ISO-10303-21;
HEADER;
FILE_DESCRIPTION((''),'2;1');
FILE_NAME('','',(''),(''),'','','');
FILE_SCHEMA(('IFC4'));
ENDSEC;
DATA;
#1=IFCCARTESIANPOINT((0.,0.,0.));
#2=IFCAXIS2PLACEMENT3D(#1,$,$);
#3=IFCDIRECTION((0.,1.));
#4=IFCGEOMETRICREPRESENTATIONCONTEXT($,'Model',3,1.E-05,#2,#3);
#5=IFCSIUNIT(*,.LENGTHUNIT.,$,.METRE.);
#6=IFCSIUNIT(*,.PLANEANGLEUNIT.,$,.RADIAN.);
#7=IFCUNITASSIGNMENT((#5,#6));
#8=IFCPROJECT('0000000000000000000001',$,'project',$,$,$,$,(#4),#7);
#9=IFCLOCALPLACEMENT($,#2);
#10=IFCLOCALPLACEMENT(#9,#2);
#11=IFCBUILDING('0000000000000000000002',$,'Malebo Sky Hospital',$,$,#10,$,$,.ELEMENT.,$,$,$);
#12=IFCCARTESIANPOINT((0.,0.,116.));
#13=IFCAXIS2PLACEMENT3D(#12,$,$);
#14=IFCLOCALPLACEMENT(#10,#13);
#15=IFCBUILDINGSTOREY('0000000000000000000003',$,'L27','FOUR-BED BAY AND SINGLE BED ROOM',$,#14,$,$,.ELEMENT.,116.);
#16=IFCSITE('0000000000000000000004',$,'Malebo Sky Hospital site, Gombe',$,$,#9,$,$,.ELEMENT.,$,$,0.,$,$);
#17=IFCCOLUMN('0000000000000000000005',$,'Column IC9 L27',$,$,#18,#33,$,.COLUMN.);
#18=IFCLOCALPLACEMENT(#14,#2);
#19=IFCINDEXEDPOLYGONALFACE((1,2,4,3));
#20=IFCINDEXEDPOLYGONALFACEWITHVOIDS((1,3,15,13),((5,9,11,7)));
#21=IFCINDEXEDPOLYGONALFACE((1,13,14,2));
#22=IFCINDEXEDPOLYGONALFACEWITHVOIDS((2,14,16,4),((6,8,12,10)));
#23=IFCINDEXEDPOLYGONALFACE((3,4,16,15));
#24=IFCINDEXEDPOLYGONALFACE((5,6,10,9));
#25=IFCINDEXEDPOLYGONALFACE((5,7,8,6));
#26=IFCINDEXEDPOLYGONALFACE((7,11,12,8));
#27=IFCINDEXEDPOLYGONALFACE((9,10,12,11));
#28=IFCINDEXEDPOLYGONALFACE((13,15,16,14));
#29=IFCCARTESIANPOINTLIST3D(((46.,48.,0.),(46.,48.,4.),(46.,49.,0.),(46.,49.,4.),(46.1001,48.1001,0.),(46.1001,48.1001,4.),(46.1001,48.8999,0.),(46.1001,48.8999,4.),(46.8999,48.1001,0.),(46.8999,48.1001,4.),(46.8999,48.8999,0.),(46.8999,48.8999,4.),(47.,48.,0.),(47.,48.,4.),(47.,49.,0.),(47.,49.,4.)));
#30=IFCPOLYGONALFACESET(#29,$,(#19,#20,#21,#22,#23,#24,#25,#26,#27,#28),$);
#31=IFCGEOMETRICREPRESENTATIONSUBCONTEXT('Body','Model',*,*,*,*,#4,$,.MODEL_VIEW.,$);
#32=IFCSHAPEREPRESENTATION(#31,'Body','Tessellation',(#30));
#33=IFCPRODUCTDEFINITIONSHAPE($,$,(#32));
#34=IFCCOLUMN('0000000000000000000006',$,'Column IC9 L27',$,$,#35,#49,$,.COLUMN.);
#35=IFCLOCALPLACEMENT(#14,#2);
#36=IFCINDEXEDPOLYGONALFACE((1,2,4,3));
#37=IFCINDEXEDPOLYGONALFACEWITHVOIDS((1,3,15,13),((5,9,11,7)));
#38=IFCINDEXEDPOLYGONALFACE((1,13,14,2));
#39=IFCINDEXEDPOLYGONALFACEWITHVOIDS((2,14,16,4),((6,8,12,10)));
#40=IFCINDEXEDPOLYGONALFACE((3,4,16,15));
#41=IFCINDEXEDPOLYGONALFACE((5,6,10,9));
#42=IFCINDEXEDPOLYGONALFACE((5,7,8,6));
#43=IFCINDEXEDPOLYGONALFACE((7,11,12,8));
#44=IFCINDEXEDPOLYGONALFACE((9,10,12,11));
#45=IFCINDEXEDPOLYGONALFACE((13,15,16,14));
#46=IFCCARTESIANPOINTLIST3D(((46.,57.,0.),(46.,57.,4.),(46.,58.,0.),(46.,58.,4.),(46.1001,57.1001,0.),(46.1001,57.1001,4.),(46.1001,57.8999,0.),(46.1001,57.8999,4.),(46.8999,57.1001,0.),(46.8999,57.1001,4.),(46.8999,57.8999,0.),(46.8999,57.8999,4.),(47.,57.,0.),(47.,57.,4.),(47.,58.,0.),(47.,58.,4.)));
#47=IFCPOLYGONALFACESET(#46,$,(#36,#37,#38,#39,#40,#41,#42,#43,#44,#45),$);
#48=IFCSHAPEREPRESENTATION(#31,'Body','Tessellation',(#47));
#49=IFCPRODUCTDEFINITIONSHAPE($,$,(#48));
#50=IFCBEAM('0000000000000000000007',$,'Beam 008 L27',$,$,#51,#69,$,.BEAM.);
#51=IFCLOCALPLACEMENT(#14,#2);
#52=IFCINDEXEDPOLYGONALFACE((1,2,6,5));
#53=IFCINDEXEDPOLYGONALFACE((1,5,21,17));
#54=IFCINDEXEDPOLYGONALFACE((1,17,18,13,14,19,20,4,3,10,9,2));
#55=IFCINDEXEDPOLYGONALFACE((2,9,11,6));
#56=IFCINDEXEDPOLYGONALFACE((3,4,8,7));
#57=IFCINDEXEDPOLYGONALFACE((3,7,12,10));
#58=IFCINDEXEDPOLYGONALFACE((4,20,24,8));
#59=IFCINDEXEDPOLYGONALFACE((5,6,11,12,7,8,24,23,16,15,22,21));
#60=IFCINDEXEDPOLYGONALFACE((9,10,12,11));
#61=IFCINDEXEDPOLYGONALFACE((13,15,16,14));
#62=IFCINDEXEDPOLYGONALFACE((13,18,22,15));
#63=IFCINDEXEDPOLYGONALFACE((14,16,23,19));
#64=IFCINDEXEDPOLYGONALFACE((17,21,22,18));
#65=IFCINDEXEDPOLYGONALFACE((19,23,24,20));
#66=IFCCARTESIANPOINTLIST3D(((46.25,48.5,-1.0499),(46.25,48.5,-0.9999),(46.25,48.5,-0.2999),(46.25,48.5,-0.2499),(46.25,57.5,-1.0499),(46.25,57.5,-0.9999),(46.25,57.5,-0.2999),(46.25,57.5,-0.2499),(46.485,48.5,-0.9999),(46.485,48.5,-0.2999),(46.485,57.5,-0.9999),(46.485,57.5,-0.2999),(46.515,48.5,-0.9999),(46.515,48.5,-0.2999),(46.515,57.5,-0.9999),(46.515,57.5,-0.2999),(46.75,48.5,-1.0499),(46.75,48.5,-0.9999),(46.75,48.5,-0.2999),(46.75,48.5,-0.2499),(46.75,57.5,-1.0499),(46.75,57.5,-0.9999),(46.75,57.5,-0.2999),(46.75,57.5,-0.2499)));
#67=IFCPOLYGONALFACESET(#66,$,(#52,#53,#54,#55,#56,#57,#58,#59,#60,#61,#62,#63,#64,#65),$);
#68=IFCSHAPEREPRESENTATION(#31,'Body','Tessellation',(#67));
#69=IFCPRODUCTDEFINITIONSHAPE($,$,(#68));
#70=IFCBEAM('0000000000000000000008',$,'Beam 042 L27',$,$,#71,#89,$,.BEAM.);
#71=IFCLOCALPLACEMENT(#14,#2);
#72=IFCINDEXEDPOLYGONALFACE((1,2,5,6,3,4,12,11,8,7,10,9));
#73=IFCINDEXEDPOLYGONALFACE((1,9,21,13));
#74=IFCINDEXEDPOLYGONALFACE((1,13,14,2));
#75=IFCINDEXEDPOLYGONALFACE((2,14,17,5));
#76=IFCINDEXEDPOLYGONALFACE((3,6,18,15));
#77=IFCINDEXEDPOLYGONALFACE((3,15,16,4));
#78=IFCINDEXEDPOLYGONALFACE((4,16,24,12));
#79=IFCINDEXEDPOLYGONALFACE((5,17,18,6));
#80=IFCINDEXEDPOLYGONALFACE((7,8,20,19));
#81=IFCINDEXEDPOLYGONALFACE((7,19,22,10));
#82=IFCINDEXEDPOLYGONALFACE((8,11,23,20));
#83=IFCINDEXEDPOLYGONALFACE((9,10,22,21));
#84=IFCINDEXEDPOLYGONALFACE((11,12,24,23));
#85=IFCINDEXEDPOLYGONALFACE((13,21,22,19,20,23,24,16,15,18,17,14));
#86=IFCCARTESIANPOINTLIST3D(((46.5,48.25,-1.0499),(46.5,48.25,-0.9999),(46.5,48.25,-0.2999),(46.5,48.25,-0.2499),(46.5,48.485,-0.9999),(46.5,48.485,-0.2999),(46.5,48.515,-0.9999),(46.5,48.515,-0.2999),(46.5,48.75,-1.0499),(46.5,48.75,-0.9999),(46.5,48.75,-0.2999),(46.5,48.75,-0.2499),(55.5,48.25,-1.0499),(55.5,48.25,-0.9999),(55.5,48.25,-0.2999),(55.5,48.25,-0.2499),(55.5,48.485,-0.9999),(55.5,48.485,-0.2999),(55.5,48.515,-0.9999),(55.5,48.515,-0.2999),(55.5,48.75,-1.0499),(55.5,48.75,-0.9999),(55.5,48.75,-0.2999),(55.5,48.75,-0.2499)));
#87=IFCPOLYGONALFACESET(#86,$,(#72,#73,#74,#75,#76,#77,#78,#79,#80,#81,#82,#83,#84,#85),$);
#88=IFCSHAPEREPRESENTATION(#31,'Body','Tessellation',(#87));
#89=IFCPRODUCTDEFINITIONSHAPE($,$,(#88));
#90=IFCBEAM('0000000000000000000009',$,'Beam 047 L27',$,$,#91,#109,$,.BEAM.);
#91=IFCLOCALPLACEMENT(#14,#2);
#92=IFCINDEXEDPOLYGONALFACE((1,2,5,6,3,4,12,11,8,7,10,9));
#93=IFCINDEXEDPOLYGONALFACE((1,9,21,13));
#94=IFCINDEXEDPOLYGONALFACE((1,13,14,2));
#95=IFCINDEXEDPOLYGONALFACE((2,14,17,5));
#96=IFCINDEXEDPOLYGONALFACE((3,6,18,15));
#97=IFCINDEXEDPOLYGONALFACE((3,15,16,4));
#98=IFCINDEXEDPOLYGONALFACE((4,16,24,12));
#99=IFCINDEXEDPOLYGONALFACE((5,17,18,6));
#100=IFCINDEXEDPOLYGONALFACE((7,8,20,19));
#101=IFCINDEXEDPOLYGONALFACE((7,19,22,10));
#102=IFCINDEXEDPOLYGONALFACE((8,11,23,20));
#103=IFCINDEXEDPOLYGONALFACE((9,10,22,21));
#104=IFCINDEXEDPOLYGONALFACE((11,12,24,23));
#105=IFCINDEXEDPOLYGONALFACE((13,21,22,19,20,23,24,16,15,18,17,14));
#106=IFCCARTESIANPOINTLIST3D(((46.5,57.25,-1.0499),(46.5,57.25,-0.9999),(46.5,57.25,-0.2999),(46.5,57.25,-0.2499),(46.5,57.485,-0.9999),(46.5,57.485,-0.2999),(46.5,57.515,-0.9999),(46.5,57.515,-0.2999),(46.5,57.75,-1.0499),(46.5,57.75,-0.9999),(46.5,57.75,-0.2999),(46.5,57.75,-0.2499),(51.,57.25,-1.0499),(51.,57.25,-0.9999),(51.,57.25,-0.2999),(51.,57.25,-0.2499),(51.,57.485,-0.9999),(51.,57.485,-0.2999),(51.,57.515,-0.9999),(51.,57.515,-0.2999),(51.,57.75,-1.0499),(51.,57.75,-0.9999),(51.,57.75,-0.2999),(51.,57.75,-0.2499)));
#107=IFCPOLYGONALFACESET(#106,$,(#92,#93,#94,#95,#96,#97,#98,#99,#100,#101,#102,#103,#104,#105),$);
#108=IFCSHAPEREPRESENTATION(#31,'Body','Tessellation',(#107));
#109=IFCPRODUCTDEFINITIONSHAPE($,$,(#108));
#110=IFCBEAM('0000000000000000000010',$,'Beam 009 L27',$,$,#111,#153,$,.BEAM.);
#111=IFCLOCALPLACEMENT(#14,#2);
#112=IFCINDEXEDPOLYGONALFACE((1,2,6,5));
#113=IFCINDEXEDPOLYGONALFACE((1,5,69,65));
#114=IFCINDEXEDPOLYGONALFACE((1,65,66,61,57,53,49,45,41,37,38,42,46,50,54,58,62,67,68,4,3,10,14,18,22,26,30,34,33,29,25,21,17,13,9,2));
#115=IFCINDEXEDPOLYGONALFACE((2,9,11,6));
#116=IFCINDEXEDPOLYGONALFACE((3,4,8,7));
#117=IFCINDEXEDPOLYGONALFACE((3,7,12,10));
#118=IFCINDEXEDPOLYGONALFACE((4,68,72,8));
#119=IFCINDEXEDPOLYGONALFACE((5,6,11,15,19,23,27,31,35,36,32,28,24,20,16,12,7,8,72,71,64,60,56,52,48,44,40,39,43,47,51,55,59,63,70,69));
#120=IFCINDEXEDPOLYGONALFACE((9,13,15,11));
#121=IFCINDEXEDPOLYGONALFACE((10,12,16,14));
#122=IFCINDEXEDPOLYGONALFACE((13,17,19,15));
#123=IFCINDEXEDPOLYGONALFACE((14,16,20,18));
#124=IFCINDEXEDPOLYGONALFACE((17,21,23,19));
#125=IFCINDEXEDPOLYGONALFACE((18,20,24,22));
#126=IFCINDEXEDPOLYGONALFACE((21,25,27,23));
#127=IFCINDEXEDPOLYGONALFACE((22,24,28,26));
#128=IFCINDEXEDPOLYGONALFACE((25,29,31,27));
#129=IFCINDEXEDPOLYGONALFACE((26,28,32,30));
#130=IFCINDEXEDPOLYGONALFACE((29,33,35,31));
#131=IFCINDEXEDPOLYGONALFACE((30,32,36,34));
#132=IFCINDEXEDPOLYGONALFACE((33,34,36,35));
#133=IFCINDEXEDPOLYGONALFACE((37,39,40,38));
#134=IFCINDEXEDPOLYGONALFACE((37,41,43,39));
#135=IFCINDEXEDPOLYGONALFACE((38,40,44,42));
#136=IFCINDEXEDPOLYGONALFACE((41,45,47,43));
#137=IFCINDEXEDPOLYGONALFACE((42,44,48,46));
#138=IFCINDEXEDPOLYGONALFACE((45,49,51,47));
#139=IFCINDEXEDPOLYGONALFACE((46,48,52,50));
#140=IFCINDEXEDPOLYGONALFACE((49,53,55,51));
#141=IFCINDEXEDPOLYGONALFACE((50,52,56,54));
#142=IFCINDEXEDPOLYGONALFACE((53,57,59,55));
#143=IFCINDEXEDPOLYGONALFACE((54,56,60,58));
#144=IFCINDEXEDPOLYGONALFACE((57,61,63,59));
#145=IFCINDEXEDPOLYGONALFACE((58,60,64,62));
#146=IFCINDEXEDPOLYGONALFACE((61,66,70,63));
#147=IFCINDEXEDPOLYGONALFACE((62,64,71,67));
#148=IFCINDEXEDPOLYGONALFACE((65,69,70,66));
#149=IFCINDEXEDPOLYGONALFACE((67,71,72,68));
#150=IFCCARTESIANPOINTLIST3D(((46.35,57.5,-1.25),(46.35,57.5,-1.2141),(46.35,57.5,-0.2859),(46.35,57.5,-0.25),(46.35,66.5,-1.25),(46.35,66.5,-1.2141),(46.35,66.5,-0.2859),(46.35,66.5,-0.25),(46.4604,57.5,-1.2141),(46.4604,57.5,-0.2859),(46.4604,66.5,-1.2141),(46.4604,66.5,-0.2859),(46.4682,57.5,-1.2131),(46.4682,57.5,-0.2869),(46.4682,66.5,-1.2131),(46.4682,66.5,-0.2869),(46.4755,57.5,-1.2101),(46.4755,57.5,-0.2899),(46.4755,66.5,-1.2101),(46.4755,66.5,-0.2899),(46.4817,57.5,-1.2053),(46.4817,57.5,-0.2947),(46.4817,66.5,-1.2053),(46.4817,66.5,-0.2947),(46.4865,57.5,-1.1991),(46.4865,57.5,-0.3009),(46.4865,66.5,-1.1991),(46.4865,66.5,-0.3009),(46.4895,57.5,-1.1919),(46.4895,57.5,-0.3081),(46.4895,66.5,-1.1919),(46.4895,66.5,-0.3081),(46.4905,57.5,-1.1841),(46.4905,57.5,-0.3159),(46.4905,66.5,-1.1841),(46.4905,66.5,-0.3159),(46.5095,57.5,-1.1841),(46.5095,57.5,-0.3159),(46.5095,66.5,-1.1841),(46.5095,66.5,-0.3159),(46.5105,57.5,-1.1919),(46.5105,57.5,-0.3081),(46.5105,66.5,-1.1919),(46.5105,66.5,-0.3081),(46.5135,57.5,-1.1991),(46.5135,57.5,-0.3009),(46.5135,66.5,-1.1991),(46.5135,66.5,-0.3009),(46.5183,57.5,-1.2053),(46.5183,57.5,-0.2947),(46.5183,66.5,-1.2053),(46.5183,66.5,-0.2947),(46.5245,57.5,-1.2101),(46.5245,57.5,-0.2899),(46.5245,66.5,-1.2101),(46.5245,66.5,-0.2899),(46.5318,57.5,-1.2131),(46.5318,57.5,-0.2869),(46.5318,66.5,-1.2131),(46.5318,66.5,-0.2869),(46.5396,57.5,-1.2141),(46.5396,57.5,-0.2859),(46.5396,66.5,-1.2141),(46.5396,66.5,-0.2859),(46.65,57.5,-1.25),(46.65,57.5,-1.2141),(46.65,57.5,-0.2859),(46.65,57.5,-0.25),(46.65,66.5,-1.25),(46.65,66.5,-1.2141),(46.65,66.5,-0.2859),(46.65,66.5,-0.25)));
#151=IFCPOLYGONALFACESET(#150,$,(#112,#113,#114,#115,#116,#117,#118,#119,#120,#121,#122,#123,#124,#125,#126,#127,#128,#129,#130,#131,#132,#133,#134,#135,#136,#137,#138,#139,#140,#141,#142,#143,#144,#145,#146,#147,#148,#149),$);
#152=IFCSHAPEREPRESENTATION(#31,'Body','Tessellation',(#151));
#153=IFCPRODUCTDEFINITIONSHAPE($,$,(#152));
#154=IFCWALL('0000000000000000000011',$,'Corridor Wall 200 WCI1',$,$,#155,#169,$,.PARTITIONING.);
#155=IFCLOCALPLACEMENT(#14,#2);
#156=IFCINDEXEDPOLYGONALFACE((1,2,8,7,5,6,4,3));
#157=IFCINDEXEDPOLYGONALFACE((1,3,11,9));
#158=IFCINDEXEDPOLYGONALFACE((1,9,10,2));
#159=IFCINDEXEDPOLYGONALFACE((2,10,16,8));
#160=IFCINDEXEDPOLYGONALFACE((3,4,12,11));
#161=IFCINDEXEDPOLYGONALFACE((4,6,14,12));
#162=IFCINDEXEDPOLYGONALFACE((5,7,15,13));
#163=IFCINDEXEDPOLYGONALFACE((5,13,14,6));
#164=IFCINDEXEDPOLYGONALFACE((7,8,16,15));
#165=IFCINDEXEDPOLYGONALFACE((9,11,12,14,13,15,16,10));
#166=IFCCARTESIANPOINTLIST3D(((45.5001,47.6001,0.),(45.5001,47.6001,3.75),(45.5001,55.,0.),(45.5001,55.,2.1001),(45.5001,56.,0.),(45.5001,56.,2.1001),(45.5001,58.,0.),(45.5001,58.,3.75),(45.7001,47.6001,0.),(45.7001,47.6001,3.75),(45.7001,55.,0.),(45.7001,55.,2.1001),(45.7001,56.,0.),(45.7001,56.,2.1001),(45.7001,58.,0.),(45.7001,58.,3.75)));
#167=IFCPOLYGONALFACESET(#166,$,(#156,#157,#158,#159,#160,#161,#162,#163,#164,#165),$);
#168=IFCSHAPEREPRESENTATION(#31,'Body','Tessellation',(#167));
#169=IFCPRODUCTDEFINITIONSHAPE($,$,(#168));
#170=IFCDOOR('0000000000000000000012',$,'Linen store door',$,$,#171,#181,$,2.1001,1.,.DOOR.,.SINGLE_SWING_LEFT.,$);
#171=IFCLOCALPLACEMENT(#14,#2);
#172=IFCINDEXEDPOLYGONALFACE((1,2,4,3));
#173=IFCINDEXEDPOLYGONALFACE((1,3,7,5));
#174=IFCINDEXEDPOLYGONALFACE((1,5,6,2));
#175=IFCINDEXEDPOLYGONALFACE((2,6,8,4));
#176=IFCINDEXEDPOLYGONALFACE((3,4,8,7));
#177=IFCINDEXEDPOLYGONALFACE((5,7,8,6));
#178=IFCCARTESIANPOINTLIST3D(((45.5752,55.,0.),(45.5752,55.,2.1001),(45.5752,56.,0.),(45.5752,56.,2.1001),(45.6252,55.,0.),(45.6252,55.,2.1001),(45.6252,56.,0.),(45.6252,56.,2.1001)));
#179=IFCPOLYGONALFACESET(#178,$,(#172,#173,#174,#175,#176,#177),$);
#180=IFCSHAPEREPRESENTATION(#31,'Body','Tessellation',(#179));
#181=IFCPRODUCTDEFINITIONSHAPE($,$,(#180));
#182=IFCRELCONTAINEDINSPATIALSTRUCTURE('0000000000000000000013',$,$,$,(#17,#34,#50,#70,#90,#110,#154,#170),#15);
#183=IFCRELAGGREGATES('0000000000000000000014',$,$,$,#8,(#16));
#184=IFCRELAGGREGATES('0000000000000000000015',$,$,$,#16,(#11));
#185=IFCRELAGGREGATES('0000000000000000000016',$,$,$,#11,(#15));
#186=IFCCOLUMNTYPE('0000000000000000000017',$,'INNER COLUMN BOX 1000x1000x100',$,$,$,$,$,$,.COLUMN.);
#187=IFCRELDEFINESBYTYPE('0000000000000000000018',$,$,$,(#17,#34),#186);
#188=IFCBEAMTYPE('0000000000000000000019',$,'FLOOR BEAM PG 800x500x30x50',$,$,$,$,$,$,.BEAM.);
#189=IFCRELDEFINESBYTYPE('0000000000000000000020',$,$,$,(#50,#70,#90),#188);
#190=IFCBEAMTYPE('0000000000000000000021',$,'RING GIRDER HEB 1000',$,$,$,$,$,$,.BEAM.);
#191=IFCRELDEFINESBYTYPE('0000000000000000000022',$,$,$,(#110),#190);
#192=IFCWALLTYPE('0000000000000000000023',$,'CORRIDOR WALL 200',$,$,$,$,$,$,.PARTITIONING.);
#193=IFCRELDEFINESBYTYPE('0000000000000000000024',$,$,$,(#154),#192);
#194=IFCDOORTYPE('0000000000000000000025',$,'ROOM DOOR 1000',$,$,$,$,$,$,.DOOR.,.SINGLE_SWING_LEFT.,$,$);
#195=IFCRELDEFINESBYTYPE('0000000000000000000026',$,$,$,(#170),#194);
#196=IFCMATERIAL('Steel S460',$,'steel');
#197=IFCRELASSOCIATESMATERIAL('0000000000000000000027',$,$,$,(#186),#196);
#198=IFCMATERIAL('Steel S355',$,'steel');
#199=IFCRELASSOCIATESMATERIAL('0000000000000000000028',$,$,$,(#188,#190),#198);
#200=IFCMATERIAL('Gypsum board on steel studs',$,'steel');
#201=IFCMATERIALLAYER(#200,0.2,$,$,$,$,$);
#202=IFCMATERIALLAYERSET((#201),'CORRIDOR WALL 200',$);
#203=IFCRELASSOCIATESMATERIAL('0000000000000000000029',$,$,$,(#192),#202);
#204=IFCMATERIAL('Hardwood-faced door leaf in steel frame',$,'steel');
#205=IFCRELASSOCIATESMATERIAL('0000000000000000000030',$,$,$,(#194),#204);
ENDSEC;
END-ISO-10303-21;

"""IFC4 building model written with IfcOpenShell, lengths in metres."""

from ifc_helpers import new_model, si_unit, direction, frame, frame_2d, origin, origin_2d, place, context, subcontext, project, spatial, rectangle, hollow_rectangle, i_section, extrude, material, layer, layer_set, material_profile, profile_set, type_object, element, fill, save


model = new_model("IFC4")

# Units and contexts
model_context = context("Model", 3, precision=1e-05, world=origin(), true_north=direction((0.0, 1.0)))
body_context = subcontext(model_context, "Body", "Model", "MODEL_VIEW")
ifc_project = project(units=[si_unit("LENGTHUNIT", "METRE"), si_unit("PLANEANGLEUNIT", "RADIAN")], contexts=[model_context])

# Site, building, storey
site_placement = place(None, origin())
site = spatial("IfcSite", under=ifc_project, at=site_placement, Name="Malebo Sky Hospital site, Gombe", CompositionType="ELEMENT", RefElevation=0.0)
building_placement = place(site_placement, origin())
building = spatial("IfcBuilding", under=site, at=building_placement, Name="Malebo Sky Hospital", CompositionType="ELEMENT")
storey_placement = place(building_placement, frame((0.0, 0.0, 116.0)))
storey = spatial("IfcBuildingStorey", under=building, at=storey_placement, Name="L27", Description="FOUR-BED BAY AND SINGLE BED ROOM", CompositionType="ELEMENT", Elevation=116.0)

# Columns
ifc_material_1 = material(Name="Steel S460", Category="steel")
ifc_material_profile_1 = material_profile(ifc_material_1, hollow_rectangle(XDim=1.0, YDim=1.0, WallThickness=0.1001, at=origin_2d()), Name="BOX 1000x1000x100")
ifc_profile_set_1 = profile_set([ifc_material_profile_1], Name="Steel S460")
column_type = type_object("IfcColumnType", Name="INNER COLUMN BOX 1000x1000x100", PredefinedType="COLUMN", material=ifc_profile_set_1)
for number, where, z_axis, x_axis, name in (
    (1, (46.5, 48.5, 0.0), (0.0, 0.0, 1.0), (1.0, 0.0, 0.0), "Column IC9 L27"),
    (2, (46.5, 57.5, 0.0), (0.0, 0.0, 1.0), (1.0, 0.0, 0.0), "Column IC9 L27"),
):
    element("IfcColumn", number, at=place(storey_placement, frame(where, z_axis=z_axis, x_axis=x_axis)), inside=storey, type_object=column_type, Name=name, PredefinedType="COLUMN", context=body_context, shape_type="SweptSolid", body=[
        extrude(hollow_rectangle(XDim=1.0, YDim=1.0, WallThickness=0.1001, at=origin_2d()), origin(), (0.0, 0.0, 1.0), 4.0),
    ])

# Beams
ifc_material_2 = material(Name="Steel S355", Category="steel")
ifc_material_profile_2 = material_profile(ifc_material_2, i_section(OverallWidth=0.5, OverallDepth=0.8, WebThickness=0.03, FlangeThickness=0.05, at=origin_2d()), Name="PG 800x500x30x50")
ifc_profile_set_2 = profile_set([ifc_material_profile_2], Name="Steel S355")
beam_type_1 = type_object("IfcBeamType", Name="FLOOR BEAM PG 800x500x30x50", PredefinedType="BEAM", material=ifc_profile_set_2)
for number, where, z_axis, x_axis, name in (
    (3, (46.5, 48.5, -0.6499), (0.0, 1.0, 0.0), (-1.0, 0.0, 0.0), "Beam 008 L27"),
    (4, (46.5, 48.5, -0.6499), (1.0, 0.0, 0.0), (0.0, 1.0, 0.0), "Beam 042 L27"),
):
    element("IfcBeam", number, at=place(storey_placement, frame(where, z_axis=z_axis, x_axis=x_axis)), inside=storey, type_object=beam_type_1, Name=name, PredefinedType="BEAM", context=body_context, shape_type="SweptSolid", body=[
        extrude(i_section(OverallWidth=0.5, OverallDepth=0.8, WebThickness=0.03, FlangeThickness=0.05, at=origin_2d()), origin(), (0.0, 0.0, 1.0), 9.0),
    ])
beam_1_placement = place(storey_placement, frame((46.5, 57.5, -0.6499), z_axis=(1.0, 0.0, 0.0), x_axis=(0.0, 1.0, 0.0)))
element("IfcBeam", 5, at=beam_1_placement, inside=storey, type_object=beam_type_1, Name="Beam 047 L27", PredefinedType="BEAM", context=body_context, shape_type="SweptSolid", body=[
    extrude(i_section(OverallWidth=0.5, OverallDepth=0.8, WebThickness=0.03, FlangeThickness=0.05, at=origin_2d()), origin(), (0.0, 0.0, 1.0), 4.5),
])
ifc_material_profile_3 = material_profile(ifc_material_2, i_section(OverallWidth=0.3, OverallDepth=1.0, WebThickness=0.019, FlangeThickness=0.0359, FilletRadius=0.03, at=origin_2d()), Name="HEB 1000")
ifc_profile_set_3 = profile_set([ifc_material_profile_3], Name="Steel S355")
beam_type_2 = type_object("IfcBeamType", Name="RING GIRDER HEB 1000", PredefinedType="BEAM", material=ifc_profile_set_3)
beam_2_placement = place(storey_placement, frame((46.5, 57.5, -0.75), z_axis=(0.0, 1.0, 0.0), x_axis=(-1.0, 0.0, 0.0)))
element("IfcBeam", 6, at=beam_2_placement, inside=storey, type_object=beam_type_2, Name="Beam 009 L27", PredefinedType="BEAM", context=body_context, shape_type="SweptSolid", body=[
    extrude(i_section(OverallWidth=0.3, OverallDepth=1.0, WebThickness=0.019, FlangeThickness=0.0359, FilletRadius=0.03, at=origin_2d()), origin(), (0.0, 0.0, 1.0), 9.0),
])

# Wall, opening, door
ifc_material_3 = material(Name="Gypsum board on steel studs", Category="steel")
ifc_layer_1 = layer(ifc_material_3, 0.2)
ifc_layer_set_1 = layer_set([ifc_layer_1], Name="CORRIDOR WALL 200")
wall_type_1 = type_object("IfcWallType", Name="CORRIDOR WALL 200", PredefinedType="PARTITIONING", material=ifc_layer_set_1)
wall_1_placement = place(storey_placement, frame((45.6001, 47.6001, 0.0), z_axis=(0.0, 0.0, 1.0), x_axis=(0.0, 1.0, 0.0)))
wall_1 = element("IfcWall", 7, at=wall_1_placement, inside=storey, type_object=wall_type_1, Name="Corridor Wall 200 WCI1", PredefinedType="PARTITIONING", context=body_context, shape_type="SweptSolid", body=[
    extrude(rectangle(XDim=10.3999, YDim=0.2, at=frame_2d((5.2, 0.0))), origin(), (0.0, 0.0, 1.0), 3.75),
])
opening_1_placement = place(wall_1_placement, frame((7.3999, 0.0, 0.0)))
opening_1 = element("IfcOpeningElement", 8, at=opening_1_placement, cuts=wall_1, PredefinedType="OPENING", context=body_context, shape_type="SweptSolid", body=[
    extrude(rectangle(XDim=1.0, YDim=2.1001, at=frame_2d((0.5, 1.05))), frame((0.0, 0.1099, 0.0), z_axis=(0.0, -1.0, 0.0), x_axis=(1.0, 0.0, 0.0)), (0.0, 0.0, 1.0), 0.22),
])
ifc_material_4 = material(Name="Hardwood-faced door leaf in steel frame", Category="steel")
door_type_1 = type_object("IfcDoorType", Name="ROOM DOOR 1000", OperationType="SINGLE_SWING_LEFT", PredefinedType="DOOR", material=ifc_material_4)
door_1_placement = place(opening_1_placement, origin())
door_1 = element("IfcDoor", 9, at=door_1_placement, inside=storey, type_object=door_type_1, Name="Linen store door", OperationType="SINGLE_SWING_LEFT", OverallHeight=2.1001, OverallWidth=1.0, PredefinedType="DOOR", context=body_context, shape_type="SweptSolid", body=[
    extrude(rectangle(XDim=1.0, YDim=2.1001, at=frame_2d((0.5, 1.05))), frame((0.0, 0.0249, 0.0), z_axis=(0.0, -1.0, 0.0), x_axis=(1.0, 0.0, 0.0)), (0.0, 0.0, 1.0), 0.05),
])
fill(opening_1, door_1)

save(model, "model.ifc")
